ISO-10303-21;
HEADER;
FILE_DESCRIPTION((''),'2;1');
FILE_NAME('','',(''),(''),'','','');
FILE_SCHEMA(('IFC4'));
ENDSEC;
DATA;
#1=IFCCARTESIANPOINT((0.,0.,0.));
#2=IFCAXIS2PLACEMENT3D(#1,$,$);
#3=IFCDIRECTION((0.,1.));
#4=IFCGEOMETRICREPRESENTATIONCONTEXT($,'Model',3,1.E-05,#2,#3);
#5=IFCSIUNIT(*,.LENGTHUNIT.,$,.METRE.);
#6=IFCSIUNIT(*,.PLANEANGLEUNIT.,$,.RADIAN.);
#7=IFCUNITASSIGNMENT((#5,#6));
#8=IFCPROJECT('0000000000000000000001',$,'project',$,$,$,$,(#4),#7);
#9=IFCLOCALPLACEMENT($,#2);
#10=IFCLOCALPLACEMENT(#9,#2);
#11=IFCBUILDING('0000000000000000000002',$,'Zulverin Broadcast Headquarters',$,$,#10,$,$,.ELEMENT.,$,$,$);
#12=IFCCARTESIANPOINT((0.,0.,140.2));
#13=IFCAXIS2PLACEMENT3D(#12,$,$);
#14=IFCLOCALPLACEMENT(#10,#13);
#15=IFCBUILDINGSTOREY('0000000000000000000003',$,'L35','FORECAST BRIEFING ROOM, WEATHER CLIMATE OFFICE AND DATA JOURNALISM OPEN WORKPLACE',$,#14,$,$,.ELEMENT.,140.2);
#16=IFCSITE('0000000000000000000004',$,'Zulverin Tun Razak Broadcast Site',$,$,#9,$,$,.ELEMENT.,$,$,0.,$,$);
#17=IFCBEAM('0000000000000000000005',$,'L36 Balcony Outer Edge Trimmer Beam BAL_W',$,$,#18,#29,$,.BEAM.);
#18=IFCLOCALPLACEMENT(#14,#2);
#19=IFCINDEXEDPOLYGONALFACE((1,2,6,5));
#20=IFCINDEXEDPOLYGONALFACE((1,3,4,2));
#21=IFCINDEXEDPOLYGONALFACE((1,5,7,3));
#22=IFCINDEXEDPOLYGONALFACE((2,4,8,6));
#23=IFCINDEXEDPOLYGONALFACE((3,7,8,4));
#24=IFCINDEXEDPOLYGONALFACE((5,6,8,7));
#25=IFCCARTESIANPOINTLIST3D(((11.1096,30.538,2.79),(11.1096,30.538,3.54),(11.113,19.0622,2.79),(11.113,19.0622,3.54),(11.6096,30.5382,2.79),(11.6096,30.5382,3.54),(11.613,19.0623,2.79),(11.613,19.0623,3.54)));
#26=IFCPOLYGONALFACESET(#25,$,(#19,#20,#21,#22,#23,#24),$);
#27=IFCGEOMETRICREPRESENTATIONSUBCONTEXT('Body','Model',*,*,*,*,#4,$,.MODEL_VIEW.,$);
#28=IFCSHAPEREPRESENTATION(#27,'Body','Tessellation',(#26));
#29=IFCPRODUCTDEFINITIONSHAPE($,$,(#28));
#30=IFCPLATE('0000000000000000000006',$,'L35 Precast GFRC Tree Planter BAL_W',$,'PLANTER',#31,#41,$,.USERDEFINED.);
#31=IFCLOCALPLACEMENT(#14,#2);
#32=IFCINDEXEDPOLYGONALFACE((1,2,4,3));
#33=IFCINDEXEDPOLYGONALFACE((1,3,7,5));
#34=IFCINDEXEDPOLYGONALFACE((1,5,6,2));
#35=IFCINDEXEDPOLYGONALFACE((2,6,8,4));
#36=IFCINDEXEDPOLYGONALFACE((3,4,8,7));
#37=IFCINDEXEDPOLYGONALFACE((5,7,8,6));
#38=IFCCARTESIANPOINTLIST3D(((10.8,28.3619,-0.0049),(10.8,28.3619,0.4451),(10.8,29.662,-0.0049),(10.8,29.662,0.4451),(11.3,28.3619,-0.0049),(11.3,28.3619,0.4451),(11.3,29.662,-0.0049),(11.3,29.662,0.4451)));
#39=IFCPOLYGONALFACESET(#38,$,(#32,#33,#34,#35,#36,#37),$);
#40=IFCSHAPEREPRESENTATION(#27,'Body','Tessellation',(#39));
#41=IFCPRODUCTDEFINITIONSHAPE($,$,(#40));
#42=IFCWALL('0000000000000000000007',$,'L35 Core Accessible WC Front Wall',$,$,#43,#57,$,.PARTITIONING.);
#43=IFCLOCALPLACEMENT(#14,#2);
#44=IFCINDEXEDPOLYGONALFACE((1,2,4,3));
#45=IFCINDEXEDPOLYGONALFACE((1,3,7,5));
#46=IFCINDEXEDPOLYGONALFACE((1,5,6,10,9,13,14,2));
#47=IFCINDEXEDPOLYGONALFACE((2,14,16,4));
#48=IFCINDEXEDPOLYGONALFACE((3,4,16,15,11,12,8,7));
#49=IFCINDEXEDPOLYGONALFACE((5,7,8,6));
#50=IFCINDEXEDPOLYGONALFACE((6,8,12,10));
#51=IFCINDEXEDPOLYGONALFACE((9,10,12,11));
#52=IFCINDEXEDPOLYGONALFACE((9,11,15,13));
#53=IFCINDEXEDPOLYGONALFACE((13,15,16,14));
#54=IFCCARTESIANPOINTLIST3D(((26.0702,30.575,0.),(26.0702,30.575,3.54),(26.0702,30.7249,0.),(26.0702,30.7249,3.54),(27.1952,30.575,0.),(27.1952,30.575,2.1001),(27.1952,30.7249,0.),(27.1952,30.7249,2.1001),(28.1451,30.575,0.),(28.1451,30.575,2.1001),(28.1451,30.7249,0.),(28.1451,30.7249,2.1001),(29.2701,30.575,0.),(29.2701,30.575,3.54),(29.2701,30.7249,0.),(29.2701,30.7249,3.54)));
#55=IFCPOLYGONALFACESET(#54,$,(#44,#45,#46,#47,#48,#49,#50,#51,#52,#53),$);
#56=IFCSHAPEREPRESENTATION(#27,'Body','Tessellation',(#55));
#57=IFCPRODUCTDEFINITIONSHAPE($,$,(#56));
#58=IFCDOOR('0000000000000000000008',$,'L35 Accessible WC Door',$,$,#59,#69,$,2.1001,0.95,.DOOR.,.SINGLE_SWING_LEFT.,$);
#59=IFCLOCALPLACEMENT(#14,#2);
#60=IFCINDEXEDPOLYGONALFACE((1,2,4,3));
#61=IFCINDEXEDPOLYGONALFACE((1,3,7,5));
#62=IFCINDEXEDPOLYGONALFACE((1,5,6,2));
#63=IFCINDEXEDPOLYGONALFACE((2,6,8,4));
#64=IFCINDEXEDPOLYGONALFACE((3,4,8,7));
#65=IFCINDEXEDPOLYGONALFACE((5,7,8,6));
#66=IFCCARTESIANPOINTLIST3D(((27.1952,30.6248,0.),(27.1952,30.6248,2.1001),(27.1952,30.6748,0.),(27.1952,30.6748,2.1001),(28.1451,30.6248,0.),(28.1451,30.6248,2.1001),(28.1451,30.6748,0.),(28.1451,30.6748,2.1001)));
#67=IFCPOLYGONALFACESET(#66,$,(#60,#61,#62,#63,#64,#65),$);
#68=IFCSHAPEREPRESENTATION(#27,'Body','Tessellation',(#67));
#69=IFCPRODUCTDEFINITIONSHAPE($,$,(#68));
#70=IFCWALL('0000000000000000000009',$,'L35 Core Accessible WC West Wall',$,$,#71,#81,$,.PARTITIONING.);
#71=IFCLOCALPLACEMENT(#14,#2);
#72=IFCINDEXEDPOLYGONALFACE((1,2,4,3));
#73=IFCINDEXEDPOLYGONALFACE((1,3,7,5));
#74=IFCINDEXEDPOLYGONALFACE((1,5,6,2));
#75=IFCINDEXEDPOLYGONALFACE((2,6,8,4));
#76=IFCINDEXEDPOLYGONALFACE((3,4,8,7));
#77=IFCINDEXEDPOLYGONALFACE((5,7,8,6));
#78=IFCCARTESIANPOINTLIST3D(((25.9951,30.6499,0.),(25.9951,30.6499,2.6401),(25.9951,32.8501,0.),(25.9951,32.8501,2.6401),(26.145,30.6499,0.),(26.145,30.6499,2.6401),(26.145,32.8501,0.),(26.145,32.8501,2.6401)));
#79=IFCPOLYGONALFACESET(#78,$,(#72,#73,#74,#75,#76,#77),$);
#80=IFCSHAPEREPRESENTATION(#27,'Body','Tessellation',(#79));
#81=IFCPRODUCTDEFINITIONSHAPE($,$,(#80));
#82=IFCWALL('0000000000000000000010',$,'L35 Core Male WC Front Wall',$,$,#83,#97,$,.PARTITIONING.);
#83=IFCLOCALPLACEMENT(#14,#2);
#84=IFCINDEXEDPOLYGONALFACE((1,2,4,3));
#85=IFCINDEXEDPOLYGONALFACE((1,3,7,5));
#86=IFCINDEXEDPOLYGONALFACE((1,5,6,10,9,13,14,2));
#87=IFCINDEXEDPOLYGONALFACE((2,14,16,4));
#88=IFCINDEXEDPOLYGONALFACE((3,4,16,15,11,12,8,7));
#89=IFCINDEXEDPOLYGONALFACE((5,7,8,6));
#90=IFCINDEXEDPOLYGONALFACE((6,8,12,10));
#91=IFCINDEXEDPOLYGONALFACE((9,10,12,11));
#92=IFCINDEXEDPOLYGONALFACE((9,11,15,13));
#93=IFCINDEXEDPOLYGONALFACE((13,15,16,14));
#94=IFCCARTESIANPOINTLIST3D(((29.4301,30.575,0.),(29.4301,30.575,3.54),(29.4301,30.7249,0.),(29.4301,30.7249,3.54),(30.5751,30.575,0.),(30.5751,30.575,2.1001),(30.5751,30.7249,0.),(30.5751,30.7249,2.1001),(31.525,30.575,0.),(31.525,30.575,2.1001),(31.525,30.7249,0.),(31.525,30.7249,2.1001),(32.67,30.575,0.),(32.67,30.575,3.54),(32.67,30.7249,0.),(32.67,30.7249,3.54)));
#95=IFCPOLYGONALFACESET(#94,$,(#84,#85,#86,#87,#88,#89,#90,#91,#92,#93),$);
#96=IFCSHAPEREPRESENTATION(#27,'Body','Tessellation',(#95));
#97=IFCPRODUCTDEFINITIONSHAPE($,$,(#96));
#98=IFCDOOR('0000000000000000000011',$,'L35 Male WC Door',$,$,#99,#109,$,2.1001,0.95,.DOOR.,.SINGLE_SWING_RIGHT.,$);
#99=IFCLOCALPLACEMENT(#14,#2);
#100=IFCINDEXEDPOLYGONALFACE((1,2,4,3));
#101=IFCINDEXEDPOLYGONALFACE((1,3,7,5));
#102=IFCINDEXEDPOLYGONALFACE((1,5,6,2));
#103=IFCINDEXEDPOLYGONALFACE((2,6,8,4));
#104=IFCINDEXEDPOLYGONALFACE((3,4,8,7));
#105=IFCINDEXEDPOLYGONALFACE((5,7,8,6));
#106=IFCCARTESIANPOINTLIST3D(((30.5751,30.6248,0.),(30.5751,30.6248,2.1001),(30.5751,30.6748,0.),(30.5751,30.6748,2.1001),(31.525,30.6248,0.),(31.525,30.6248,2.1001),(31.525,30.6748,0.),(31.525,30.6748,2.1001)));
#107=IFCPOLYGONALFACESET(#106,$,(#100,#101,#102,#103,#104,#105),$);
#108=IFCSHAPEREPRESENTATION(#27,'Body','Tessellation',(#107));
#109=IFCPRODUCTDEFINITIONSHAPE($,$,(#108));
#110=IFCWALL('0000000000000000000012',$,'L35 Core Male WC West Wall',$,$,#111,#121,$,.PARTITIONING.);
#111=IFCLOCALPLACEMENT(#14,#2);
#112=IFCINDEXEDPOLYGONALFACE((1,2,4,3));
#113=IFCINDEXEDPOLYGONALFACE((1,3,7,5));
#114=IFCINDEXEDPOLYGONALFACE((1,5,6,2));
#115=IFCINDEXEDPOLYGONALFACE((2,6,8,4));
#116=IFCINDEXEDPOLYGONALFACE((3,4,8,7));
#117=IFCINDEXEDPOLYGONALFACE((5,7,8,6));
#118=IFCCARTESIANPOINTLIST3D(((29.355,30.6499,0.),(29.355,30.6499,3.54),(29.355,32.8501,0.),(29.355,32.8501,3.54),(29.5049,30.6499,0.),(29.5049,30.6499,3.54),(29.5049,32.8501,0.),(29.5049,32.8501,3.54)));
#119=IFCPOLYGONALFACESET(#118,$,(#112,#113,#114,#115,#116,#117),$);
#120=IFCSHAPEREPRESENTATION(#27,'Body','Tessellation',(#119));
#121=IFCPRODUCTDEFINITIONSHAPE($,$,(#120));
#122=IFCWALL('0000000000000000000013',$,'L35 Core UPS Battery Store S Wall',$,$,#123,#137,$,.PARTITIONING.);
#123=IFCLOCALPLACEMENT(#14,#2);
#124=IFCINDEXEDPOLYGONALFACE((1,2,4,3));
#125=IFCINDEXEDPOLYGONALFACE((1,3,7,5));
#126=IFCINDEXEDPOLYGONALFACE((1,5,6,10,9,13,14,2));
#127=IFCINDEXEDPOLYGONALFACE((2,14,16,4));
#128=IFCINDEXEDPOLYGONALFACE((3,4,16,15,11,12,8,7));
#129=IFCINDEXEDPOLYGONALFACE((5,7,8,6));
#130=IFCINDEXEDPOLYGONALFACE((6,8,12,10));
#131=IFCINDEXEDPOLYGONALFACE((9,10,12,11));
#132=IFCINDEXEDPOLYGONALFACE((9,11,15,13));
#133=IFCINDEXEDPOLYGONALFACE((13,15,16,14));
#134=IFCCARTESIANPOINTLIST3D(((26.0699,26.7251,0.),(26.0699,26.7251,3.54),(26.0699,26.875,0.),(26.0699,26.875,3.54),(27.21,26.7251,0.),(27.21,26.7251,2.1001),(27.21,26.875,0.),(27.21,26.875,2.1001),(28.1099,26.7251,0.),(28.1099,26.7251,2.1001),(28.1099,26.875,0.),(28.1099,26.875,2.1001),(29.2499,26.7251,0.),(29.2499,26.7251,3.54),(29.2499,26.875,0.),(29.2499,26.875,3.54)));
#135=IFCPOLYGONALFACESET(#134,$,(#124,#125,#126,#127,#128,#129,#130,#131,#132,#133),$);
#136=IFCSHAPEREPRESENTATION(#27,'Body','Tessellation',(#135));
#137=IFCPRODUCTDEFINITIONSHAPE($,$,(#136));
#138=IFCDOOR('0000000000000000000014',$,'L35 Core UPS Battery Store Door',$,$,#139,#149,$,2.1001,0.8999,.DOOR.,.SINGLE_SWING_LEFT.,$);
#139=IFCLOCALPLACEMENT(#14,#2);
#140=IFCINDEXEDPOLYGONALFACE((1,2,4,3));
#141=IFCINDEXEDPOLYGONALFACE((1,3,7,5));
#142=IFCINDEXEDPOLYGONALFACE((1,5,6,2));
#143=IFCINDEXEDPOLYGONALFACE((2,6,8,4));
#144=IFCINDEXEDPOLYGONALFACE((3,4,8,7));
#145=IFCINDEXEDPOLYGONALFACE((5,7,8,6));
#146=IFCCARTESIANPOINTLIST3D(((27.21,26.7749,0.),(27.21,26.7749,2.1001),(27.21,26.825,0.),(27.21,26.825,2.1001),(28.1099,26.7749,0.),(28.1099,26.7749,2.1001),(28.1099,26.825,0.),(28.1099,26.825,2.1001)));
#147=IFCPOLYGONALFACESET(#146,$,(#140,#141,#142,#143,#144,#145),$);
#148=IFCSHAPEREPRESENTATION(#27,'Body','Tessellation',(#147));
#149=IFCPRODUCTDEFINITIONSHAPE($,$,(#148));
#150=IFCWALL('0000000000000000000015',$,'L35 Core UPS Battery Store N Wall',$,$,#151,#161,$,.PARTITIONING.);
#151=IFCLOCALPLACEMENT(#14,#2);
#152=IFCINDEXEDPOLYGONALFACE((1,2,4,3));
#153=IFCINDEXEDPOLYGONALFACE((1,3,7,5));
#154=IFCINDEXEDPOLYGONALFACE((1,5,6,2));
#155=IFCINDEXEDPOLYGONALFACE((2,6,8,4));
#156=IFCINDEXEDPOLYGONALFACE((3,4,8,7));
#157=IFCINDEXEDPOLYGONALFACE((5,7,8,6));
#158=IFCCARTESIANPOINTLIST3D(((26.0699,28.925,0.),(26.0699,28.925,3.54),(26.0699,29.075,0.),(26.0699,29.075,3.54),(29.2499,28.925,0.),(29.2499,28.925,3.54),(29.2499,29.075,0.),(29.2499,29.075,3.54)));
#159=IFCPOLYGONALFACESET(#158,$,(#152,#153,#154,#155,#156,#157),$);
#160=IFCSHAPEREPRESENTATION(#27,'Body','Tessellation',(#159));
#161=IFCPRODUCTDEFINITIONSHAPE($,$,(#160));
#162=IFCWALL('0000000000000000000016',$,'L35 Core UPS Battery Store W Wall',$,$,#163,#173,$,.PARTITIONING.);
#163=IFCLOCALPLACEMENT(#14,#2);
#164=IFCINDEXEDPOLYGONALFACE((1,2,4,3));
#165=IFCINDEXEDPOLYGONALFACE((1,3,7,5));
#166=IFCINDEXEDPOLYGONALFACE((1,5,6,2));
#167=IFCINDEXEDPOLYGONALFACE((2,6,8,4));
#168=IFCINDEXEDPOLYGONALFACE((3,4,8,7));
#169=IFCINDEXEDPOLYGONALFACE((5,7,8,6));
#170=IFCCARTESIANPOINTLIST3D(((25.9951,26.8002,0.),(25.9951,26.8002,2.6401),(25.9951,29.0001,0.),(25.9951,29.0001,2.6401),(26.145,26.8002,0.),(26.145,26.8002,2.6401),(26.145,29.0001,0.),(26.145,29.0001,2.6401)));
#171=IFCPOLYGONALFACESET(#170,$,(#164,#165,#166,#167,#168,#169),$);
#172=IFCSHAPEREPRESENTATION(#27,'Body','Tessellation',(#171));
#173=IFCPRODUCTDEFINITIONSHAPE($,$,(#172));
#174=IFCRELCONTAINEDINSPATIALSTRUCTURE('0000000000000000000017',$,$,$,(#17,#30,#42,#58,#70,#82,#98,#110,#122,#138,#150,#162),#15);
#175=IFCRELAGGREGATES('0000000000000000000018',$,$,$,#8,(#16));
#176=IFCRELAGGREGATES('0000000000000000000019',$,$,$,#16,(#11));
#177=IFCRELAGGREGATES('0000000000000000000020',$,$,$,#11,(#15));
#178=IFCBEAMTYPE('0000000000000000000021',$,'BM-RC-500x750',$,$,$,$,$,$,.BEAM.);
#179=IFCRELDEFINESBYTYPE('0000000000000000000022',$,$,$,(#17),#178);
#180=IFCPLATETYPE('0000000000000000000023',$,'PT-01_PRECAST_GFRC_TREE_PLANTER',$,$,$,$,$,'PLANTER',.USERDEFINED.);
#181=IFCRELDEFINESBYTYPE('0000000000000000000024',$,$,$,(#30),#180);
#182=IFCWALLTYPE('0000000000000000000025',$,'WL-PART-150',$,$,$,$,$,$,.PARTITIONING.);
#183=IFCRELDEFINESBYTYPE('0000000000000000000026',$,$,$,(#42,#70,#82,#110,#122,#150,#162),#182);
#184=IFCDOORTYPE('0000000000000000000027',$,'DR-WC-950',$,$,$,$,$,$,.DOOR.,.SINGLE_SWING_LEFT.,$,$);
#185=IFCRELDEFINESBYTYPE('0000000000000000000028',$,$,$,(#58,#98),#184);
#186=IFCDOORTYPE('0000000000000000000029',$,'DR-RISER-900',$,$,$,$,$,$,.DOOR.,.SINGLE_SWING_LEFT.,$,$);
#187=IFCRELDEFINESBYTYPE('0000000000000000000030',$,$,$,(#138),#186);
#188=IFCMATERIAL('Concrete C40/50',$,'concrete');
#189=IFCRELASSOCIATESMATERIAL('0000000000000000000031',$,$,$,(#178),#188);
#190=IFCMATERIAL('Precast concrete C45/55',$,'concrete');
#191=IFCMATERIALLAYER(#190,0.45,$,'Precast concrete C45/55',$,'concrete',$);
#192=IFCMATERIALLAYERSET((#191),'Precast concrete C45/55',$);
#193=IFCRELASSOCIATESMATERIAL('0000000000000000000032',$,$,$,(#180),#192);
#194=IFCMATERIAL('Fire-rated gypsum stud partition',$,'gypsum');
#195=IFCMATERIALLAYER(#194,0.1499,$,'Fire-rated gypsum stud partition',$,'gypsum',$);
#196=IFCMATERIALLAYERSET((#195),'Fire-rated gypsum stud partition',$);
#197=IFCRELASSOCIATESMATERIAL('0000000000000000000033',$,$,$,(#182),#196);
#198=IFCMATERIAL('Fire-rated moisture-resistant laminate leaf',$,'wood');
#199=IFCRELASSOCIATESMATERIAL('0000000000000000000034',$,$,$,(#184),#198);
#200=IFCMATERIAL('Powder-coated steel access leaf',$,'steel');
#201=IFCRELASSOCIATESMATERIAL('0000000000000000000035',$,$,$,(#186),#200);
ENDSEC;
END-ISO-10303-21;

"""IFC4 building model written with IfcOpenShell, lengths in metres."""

from ifc_helpers import new_model, si_unit, direction, frame, frame_2d, origin, origin_2d, place, context, subcontext, project, spatial, rectangle, extrude, material, layer, layer_set, material_profile, profile_set, type_object, element, fill, save


model = new_model("IFC4")

# Units and contexts
model_context = context("Model", 3, precision=1e-05, world=origin(), true_north=direction((0.0, 1.0)))
body_context = subcontext(model_context, "Body", "Model", "MODEL_VIEW")
ifc_project = project(units=[si_unit("LENGTHUNIT", "METRE"), si_unit("PLANEANGLEUNIT", "RADIAN")], contexts=[model_context])

# Site, building, storey
site_placement = place(None, origin())
site = spatial("IfcSite", under=ifc_project, at=site_placement, Name="Zulverin Tun Razak Broadcast Site", CompositionType="ELEMENT", RefElevation=0.0)
building_placement = place(site_placement, origin())
building = spatial("IfcBuilding", under=site, at=building_placement, Name="Zulverin Broadcast Headquarters", CompositionType="ELEMENT")
storey_placement = place(building_placement, frame((0.0, 0.0, 140.2)))
storey = spatial("IfcBuildingStorey", under=building, at=storey_placement, Name="L35", Description="FORECAST BRIEFING ROOM, WEATHER CLIMATE OFFICE AND DATA JOURNALISM OPEN WORKPLACE", CompositionType="ELEMENT", Elevation=140.2)

# Beam
ifc_material_1 = material(Name="Concrete C40/50", Category="concrete")
ifc_material_profile = material_profile(ifc_material_1, rectangle(XDim=0.5, YDim=0.75, at=origin_2d()), Name="Concrete C40/50", Category="concrete")
ifc_profile_set = profile_set([ifc_material_profile], Name="Concrete C40/50")
beam_type = type_object("IfcBeamType", Name="BM-RC-500x750", PredefinedType="BEAM", material=ifc_profile_set)
beam_placement = place(storey_placement, frame((11.3596, 30.5381, 3.165), z_axis=(0.000298, -1.0, 0.0), x_axis=(1.0, 0.000298, 0.0)))
element("IfcBeam", 1, at=beam_placement, inside=storey, type_object=beam_type, Name="L36 Balcony Outer Edge Trimmer Beam BAL_W", PredefinedType="BEAM", context=body_context, shape_type="SweptSolid", body=[
    extrude(rectangle(XDim=0.5, YDim=0.75, at=origin_2d()), origin(), (0.0, 0.0, 1.0), 11.4758),
])

# Plate
ifc_material_2 = material(Name="Precast concrete C45/55", Category="concrete")
ifc_layer_1 = layer(ifc_material_2, 0.45, Name="Precast concrete C45/55", Category="concrete")
ifc_layer_set_1 = layer_set([ifc_layer_1], Name="Precast concrete C45/55")
plate_type = type_object("IfcPlateType", Name="PT-01_PRECAST_GFRC_TREE_PLANTER", ElementType="PLANTER", PredefinedType="USERDEFINED", material=ifc_layer_set_1)
plate_placement = place(storey_placement, frame((11.05, 29.012, -0.0049), z_axis=(0.0, 0.0, 1.0), x_axis=(0.0, 1.0, 0.0)))
element("IfcPlate", 2, at=plate_placement, inside=storey, type_object=plate_type, Name="L35 Precast GFRC Tree Planter BAL_W", ObjectType="PLANTER", PredefinedType="USERDEFINED", context=body_context, shape_type="SweptSolid", body=[
    extrude(rectangle(XDim=1.3, YDim=0.5, at=origin_2d()), origin(), (0.0, 0.0, 1.0), 0.45),
])

# Wall, opening, door
ifc_material_3 = material(Name="Fire-rated gypsum stud partition", Category="gypsum")
ifc_layer_2 = layer(ifc_material_3, 0.1499, Name="Fire-rated gypsum stud partition", Category="gypsum")
ifc_layer_set_2 = layer_set([ifc_layer_2], Name="Fire-rated gypsum stud partition")
wall_type = type_object("IfcWallType", Name="WL-PART-150", PredefinedType="PARTITIONING", material=ifc_layer_set_2)
wall_1_placement = place(storey_placement, frame((26.0701, 30.6499, 0.0), z_axis=(0.0, 0.0, 1.0), x_axis=(1.0, 0.0, 0.0)))
wall_1 = element("IfcWall", 3, at=wall_1_placement, inside=storey, type_object=wall_type, Name="L35 Core Accessible WC Front Wall", PredefinedType="PARTITIONING", context=body_context, shape_type="SweptSolid", body=[
    extrude(rectangle(XDim=3.2, YDim=0.1499, at=frame_2d((1.6001, 0.0))), origin(), (0.0, 0.0, 1.0), 3.54),
])
opening_1_placement = place(wall_1_placement, frame((1.125, 0.0, 0.0)))
opening_1 = element("IfcOpeningElement", 4, at=opening_1_placement, cuts=wall_1, PredefinedType="OPENING", context=body_context, shape_type="SweptSolid", body=[
    extrude(rectangle(XDim=0.95, YDim=2.1001, at=frame_2d((0.4751, 1.05))), frame((0.0, 0.085, 0.0), z_axis=(0.0, -1.0, 0.0), x_axis=(1.0, 0.0, 0.0)), (0.0, 0.0, 1.0), 0.1699),
])
ifc_material_4 = material(Name="Fire-rated moisture-resistant laminate leaf", Category="wood")
door_type_1 = type_object("IfcDoorType", Name="DR-WC-950", OperationType="SINGLE_SWING_LEFT", PredefinedType="DOOR", material=ifc_material_4)
door_1_placement = place(opening_1_placement, origin())
door_1 = element("IfcDoor", 5, at=door_1_placement, inside=storey, type_object=door_type_1, Name="L35 Accessible WC Door", OperationType="SINGLE_SWING_LEFT", OverallHeight=2.1001, OverallWidth=0.95, PredefinedType="DOOR", context=body_context, shape_type="SweptSolid", body=[
    extrude(rectangle(XDim=0.95, YDim=2.1001, at=frame_2d((0.4751, 1.05))), frame((0.0, 0.0249, 0.0), z_axis=(0.0, -1.0, 0.0), x_axis=(1.0, 0.0, 0.0)), (0.0, 0.0, 1.0), 0.05),
])
fill(opening_1, door_1)

# Wall
wall_2_placement = place(storey_placement, frame((26.0701, 30.6499, 0.0), z_axis=(0.0, 0.0, 1.0), x_axis=(0.0, 1.0, 0.0)))
element("IfcWall", 6, at=wall_2_placement, inside=storey, type_object=wall_type, Name="L35 Core Accessible WC West Wall", PredefinedType="PARTITIONING", context=body_context, shape_type="SweptSolid", body=[
    extrude(rectangle(XDim=2.2002, YDim=0.1499, at=frame_2d((1.1001, 0.0))), origin(), (0.0, 0.0, 1.0), 2.6401),
])

# Wall, opening, door
wall_3_placement = place(storey_placement, frame((29.4299, 30.6499, 0.0), z_axis=(0.0, 0.0, 1.0), x_axis=(1.0, 0.0, 0.0)))
wall_3 = element("IfcWall", 7, at=wall_3_placement, inside=storey, type_object=wall_type, Name="L35 Core Male WC Front Wall", PredefinedType="PARTITIONING", context=body_context, shape_type="SweptSolid", body=[
    extrude(rectangle(XDim=3.24, YDim=0.1499, at=frame_2d((1.6201, 0.0))), origin(), (0.0, 0.0, 1.0), 3.54),
])
opening_2_placement = place(wall_3_placement, frame((1.145, 0.0, 0.0)))
opening_2 = element("IfcOpeningElement", 8, at=opening_2_placement, cuts=wall_3, PredefinedType="OPENING", context=body_context, shape_type="SweptSolid", body=[
    extrude(rectangle(XDim=0.95, YDim=2.1001, at=frame_2d((0.4751, 1.05))), frame((0.0, 0.085, 0.0), z_axis=(0.0, -1.0, 0.0), x_axis=(1.0, 0.0, 0.0)), (0.0, 0.0, 1.0), 0.1699),
])
door_2_placement = place(opening_2_placement, origin())
door_2 = element("IfcDoor", 9, at=door_2_placement, inside=storey, type_object=door_type_1, Name="L35 Male WC Door", OperationType="SINGLE_SWING_RIGHT", OverallHeight=2.1001, OverallWidth=0.95, PredefinedType="DOOR", context=body_context, shape_type="SweptSolid", body=[
    extrude(rectangle(XDim=0.95, YDim=2.1001, at=frame_2d((0.4751, 1.05))), frame((0.0, 0.0249, 0.0), z_axis=(0.0, -1.0, 0.0), x_axis=(1.0, 0.0, 0.0)), (0.0, 0.0, 1.0), 0.05),
])
fill(opening_2, door_2)

# Wall
wall_4_placement = place(storey_placement, frame((29.4299, 30.6499, 0.0), z_axis=(0.0, 0.0, 1.0), x_axis=(0.0, 1.0, 0.0)))
element("IfcWall", 10, at=wall_4_placement, inside=storey, type_object=wall_type, Name="L35 Core Male WC West Wall", PredefinedType="PARTITIONING", context=body_context, shape_type="SweptSolid", body=[
    extrude(rectangle(XDim=2.2002, YDim=0.1499, at=frame_2d((1.1001, 0.0))), origin(), (0.0, 0.0, 1.0), 3.54),
])

# Wall, opening, door
wall_5_placement = place(storey_placement, frame((26.0701, 26.8, 0.0), z_axis=(0.0, 0.0, 1.0), x_axis=(1.0, 0.0, 0.0)))
wall_5 = element("IfcWall", 11, at=wall_5_placement, inside=storey, type_object=wall_type, Name="L35 Core UPS Battery Store S Wall", PredefinedType="PARTITIONING", context=body_context, shape_type="SweptSolid", body=[
    extrude(rectangle(XDim=3.1799, YDim=0.1499, at=frame_2d((1.5898, 0.0))), origin(), (0.0, 0.0, 1.0), 3.54),
])
opening_3_placement = place(wall_5_placement, frame((1.1399, 0.0, 0.0)))
opening_3 = element("IfcOpeningElement", 12, at=opening_3_placement, cuts=wall_5, PredefinedType="OPENING", context=body_context, shape_type="SweptSolid", body=[
    extrude(rectangle(XDim=0.8999, YDim=2.1001, at=frame_2d((0.45, 1.05))), frame((0.0, 0.085, 0.0), z_axis=(0.0, -1.0, 0.0), x_axis=(1.0, 0.0, 0.0)), (0.0, 0.0, 1.0), 0.1699),
])
ifc_material_5 = material(Name="Powder-coated steel access leaf", Category="steel")
door_type_2 = type_object("IfcDoorType", Name="DR-RISER-900", OperationType="SINGLE_SWING_LEFT", PredefinedType="DOOR", material=ifc_material_5)
door_3_placement = place(opening_3_placement, origin())
door_3 = element("IfcDoor", 13, at=door_3_placement, inside=storey, type_object=door_type_2, Name="L35 Core UPS Battery Store Door", OperationType="SINGLE_SWING_LEFT", OverallHeight=2.1001, OverallWidth=0.8999, PredefinedType="DOOR", context=body_context, shape_type="SweptSolid", body=[
    extrude(rectangle(XDim=0.8999, YDim=2.1001, at=frame_2d((0.45, 1.05))), frame((0.0, 0.0249, 0.0), z_axis=(0.0, -1.0, 0.0), x_axis=(1.0, 0.0, 0.0)), (0.0, 0.0, 1.0), 0.05),
])
fill(opening_3, door_3)

# Walls
wall_6_placement = place(storey_placement, frame((26.0701, 29.0, 0.0), z_axis=(0.0, 0.0, 1.0), x_axis=(1.0, 0.0, 0.0)))
element("IfcWall", 14, at=wall_6_placement, inside=storey, type_object=wall_type, Name="L35 Core UPS Battery Store N Wall", PredefinedType="PARTITIONING", context=body_context, shape_type="SweptSolid", body=[
    extrude(rectangle(XDim=3.1799, YDim=0.1499, at=frame_2d((1.5898, 0.0))), origin(), (0.0, 0.0, 1.0), 3.54),
])
wall_7_placement = place(storey_placement, frame((26.0701, 26.8, 0.0), z_axis=(0.0, 0.0, 1.0), x_axis=(0.0, 1.0, 0.0)))
element("IfcWall", 15, at=wall_7_placement, inside=storey, type_object=wall_type, Name="L35 Core UPS Battery Store W Wall", PredefinedType="PARTITIONING", context=body_context, shape_type="SweptSolid", body=[
    extrude(rectangle(XDim=2.2, YDim=0.1499, at=frame_2d((1.1001, 0.0))), origin(), (0.0, 0.0, 1.0), 2.6401),
])

save(model, "model.ifc")
